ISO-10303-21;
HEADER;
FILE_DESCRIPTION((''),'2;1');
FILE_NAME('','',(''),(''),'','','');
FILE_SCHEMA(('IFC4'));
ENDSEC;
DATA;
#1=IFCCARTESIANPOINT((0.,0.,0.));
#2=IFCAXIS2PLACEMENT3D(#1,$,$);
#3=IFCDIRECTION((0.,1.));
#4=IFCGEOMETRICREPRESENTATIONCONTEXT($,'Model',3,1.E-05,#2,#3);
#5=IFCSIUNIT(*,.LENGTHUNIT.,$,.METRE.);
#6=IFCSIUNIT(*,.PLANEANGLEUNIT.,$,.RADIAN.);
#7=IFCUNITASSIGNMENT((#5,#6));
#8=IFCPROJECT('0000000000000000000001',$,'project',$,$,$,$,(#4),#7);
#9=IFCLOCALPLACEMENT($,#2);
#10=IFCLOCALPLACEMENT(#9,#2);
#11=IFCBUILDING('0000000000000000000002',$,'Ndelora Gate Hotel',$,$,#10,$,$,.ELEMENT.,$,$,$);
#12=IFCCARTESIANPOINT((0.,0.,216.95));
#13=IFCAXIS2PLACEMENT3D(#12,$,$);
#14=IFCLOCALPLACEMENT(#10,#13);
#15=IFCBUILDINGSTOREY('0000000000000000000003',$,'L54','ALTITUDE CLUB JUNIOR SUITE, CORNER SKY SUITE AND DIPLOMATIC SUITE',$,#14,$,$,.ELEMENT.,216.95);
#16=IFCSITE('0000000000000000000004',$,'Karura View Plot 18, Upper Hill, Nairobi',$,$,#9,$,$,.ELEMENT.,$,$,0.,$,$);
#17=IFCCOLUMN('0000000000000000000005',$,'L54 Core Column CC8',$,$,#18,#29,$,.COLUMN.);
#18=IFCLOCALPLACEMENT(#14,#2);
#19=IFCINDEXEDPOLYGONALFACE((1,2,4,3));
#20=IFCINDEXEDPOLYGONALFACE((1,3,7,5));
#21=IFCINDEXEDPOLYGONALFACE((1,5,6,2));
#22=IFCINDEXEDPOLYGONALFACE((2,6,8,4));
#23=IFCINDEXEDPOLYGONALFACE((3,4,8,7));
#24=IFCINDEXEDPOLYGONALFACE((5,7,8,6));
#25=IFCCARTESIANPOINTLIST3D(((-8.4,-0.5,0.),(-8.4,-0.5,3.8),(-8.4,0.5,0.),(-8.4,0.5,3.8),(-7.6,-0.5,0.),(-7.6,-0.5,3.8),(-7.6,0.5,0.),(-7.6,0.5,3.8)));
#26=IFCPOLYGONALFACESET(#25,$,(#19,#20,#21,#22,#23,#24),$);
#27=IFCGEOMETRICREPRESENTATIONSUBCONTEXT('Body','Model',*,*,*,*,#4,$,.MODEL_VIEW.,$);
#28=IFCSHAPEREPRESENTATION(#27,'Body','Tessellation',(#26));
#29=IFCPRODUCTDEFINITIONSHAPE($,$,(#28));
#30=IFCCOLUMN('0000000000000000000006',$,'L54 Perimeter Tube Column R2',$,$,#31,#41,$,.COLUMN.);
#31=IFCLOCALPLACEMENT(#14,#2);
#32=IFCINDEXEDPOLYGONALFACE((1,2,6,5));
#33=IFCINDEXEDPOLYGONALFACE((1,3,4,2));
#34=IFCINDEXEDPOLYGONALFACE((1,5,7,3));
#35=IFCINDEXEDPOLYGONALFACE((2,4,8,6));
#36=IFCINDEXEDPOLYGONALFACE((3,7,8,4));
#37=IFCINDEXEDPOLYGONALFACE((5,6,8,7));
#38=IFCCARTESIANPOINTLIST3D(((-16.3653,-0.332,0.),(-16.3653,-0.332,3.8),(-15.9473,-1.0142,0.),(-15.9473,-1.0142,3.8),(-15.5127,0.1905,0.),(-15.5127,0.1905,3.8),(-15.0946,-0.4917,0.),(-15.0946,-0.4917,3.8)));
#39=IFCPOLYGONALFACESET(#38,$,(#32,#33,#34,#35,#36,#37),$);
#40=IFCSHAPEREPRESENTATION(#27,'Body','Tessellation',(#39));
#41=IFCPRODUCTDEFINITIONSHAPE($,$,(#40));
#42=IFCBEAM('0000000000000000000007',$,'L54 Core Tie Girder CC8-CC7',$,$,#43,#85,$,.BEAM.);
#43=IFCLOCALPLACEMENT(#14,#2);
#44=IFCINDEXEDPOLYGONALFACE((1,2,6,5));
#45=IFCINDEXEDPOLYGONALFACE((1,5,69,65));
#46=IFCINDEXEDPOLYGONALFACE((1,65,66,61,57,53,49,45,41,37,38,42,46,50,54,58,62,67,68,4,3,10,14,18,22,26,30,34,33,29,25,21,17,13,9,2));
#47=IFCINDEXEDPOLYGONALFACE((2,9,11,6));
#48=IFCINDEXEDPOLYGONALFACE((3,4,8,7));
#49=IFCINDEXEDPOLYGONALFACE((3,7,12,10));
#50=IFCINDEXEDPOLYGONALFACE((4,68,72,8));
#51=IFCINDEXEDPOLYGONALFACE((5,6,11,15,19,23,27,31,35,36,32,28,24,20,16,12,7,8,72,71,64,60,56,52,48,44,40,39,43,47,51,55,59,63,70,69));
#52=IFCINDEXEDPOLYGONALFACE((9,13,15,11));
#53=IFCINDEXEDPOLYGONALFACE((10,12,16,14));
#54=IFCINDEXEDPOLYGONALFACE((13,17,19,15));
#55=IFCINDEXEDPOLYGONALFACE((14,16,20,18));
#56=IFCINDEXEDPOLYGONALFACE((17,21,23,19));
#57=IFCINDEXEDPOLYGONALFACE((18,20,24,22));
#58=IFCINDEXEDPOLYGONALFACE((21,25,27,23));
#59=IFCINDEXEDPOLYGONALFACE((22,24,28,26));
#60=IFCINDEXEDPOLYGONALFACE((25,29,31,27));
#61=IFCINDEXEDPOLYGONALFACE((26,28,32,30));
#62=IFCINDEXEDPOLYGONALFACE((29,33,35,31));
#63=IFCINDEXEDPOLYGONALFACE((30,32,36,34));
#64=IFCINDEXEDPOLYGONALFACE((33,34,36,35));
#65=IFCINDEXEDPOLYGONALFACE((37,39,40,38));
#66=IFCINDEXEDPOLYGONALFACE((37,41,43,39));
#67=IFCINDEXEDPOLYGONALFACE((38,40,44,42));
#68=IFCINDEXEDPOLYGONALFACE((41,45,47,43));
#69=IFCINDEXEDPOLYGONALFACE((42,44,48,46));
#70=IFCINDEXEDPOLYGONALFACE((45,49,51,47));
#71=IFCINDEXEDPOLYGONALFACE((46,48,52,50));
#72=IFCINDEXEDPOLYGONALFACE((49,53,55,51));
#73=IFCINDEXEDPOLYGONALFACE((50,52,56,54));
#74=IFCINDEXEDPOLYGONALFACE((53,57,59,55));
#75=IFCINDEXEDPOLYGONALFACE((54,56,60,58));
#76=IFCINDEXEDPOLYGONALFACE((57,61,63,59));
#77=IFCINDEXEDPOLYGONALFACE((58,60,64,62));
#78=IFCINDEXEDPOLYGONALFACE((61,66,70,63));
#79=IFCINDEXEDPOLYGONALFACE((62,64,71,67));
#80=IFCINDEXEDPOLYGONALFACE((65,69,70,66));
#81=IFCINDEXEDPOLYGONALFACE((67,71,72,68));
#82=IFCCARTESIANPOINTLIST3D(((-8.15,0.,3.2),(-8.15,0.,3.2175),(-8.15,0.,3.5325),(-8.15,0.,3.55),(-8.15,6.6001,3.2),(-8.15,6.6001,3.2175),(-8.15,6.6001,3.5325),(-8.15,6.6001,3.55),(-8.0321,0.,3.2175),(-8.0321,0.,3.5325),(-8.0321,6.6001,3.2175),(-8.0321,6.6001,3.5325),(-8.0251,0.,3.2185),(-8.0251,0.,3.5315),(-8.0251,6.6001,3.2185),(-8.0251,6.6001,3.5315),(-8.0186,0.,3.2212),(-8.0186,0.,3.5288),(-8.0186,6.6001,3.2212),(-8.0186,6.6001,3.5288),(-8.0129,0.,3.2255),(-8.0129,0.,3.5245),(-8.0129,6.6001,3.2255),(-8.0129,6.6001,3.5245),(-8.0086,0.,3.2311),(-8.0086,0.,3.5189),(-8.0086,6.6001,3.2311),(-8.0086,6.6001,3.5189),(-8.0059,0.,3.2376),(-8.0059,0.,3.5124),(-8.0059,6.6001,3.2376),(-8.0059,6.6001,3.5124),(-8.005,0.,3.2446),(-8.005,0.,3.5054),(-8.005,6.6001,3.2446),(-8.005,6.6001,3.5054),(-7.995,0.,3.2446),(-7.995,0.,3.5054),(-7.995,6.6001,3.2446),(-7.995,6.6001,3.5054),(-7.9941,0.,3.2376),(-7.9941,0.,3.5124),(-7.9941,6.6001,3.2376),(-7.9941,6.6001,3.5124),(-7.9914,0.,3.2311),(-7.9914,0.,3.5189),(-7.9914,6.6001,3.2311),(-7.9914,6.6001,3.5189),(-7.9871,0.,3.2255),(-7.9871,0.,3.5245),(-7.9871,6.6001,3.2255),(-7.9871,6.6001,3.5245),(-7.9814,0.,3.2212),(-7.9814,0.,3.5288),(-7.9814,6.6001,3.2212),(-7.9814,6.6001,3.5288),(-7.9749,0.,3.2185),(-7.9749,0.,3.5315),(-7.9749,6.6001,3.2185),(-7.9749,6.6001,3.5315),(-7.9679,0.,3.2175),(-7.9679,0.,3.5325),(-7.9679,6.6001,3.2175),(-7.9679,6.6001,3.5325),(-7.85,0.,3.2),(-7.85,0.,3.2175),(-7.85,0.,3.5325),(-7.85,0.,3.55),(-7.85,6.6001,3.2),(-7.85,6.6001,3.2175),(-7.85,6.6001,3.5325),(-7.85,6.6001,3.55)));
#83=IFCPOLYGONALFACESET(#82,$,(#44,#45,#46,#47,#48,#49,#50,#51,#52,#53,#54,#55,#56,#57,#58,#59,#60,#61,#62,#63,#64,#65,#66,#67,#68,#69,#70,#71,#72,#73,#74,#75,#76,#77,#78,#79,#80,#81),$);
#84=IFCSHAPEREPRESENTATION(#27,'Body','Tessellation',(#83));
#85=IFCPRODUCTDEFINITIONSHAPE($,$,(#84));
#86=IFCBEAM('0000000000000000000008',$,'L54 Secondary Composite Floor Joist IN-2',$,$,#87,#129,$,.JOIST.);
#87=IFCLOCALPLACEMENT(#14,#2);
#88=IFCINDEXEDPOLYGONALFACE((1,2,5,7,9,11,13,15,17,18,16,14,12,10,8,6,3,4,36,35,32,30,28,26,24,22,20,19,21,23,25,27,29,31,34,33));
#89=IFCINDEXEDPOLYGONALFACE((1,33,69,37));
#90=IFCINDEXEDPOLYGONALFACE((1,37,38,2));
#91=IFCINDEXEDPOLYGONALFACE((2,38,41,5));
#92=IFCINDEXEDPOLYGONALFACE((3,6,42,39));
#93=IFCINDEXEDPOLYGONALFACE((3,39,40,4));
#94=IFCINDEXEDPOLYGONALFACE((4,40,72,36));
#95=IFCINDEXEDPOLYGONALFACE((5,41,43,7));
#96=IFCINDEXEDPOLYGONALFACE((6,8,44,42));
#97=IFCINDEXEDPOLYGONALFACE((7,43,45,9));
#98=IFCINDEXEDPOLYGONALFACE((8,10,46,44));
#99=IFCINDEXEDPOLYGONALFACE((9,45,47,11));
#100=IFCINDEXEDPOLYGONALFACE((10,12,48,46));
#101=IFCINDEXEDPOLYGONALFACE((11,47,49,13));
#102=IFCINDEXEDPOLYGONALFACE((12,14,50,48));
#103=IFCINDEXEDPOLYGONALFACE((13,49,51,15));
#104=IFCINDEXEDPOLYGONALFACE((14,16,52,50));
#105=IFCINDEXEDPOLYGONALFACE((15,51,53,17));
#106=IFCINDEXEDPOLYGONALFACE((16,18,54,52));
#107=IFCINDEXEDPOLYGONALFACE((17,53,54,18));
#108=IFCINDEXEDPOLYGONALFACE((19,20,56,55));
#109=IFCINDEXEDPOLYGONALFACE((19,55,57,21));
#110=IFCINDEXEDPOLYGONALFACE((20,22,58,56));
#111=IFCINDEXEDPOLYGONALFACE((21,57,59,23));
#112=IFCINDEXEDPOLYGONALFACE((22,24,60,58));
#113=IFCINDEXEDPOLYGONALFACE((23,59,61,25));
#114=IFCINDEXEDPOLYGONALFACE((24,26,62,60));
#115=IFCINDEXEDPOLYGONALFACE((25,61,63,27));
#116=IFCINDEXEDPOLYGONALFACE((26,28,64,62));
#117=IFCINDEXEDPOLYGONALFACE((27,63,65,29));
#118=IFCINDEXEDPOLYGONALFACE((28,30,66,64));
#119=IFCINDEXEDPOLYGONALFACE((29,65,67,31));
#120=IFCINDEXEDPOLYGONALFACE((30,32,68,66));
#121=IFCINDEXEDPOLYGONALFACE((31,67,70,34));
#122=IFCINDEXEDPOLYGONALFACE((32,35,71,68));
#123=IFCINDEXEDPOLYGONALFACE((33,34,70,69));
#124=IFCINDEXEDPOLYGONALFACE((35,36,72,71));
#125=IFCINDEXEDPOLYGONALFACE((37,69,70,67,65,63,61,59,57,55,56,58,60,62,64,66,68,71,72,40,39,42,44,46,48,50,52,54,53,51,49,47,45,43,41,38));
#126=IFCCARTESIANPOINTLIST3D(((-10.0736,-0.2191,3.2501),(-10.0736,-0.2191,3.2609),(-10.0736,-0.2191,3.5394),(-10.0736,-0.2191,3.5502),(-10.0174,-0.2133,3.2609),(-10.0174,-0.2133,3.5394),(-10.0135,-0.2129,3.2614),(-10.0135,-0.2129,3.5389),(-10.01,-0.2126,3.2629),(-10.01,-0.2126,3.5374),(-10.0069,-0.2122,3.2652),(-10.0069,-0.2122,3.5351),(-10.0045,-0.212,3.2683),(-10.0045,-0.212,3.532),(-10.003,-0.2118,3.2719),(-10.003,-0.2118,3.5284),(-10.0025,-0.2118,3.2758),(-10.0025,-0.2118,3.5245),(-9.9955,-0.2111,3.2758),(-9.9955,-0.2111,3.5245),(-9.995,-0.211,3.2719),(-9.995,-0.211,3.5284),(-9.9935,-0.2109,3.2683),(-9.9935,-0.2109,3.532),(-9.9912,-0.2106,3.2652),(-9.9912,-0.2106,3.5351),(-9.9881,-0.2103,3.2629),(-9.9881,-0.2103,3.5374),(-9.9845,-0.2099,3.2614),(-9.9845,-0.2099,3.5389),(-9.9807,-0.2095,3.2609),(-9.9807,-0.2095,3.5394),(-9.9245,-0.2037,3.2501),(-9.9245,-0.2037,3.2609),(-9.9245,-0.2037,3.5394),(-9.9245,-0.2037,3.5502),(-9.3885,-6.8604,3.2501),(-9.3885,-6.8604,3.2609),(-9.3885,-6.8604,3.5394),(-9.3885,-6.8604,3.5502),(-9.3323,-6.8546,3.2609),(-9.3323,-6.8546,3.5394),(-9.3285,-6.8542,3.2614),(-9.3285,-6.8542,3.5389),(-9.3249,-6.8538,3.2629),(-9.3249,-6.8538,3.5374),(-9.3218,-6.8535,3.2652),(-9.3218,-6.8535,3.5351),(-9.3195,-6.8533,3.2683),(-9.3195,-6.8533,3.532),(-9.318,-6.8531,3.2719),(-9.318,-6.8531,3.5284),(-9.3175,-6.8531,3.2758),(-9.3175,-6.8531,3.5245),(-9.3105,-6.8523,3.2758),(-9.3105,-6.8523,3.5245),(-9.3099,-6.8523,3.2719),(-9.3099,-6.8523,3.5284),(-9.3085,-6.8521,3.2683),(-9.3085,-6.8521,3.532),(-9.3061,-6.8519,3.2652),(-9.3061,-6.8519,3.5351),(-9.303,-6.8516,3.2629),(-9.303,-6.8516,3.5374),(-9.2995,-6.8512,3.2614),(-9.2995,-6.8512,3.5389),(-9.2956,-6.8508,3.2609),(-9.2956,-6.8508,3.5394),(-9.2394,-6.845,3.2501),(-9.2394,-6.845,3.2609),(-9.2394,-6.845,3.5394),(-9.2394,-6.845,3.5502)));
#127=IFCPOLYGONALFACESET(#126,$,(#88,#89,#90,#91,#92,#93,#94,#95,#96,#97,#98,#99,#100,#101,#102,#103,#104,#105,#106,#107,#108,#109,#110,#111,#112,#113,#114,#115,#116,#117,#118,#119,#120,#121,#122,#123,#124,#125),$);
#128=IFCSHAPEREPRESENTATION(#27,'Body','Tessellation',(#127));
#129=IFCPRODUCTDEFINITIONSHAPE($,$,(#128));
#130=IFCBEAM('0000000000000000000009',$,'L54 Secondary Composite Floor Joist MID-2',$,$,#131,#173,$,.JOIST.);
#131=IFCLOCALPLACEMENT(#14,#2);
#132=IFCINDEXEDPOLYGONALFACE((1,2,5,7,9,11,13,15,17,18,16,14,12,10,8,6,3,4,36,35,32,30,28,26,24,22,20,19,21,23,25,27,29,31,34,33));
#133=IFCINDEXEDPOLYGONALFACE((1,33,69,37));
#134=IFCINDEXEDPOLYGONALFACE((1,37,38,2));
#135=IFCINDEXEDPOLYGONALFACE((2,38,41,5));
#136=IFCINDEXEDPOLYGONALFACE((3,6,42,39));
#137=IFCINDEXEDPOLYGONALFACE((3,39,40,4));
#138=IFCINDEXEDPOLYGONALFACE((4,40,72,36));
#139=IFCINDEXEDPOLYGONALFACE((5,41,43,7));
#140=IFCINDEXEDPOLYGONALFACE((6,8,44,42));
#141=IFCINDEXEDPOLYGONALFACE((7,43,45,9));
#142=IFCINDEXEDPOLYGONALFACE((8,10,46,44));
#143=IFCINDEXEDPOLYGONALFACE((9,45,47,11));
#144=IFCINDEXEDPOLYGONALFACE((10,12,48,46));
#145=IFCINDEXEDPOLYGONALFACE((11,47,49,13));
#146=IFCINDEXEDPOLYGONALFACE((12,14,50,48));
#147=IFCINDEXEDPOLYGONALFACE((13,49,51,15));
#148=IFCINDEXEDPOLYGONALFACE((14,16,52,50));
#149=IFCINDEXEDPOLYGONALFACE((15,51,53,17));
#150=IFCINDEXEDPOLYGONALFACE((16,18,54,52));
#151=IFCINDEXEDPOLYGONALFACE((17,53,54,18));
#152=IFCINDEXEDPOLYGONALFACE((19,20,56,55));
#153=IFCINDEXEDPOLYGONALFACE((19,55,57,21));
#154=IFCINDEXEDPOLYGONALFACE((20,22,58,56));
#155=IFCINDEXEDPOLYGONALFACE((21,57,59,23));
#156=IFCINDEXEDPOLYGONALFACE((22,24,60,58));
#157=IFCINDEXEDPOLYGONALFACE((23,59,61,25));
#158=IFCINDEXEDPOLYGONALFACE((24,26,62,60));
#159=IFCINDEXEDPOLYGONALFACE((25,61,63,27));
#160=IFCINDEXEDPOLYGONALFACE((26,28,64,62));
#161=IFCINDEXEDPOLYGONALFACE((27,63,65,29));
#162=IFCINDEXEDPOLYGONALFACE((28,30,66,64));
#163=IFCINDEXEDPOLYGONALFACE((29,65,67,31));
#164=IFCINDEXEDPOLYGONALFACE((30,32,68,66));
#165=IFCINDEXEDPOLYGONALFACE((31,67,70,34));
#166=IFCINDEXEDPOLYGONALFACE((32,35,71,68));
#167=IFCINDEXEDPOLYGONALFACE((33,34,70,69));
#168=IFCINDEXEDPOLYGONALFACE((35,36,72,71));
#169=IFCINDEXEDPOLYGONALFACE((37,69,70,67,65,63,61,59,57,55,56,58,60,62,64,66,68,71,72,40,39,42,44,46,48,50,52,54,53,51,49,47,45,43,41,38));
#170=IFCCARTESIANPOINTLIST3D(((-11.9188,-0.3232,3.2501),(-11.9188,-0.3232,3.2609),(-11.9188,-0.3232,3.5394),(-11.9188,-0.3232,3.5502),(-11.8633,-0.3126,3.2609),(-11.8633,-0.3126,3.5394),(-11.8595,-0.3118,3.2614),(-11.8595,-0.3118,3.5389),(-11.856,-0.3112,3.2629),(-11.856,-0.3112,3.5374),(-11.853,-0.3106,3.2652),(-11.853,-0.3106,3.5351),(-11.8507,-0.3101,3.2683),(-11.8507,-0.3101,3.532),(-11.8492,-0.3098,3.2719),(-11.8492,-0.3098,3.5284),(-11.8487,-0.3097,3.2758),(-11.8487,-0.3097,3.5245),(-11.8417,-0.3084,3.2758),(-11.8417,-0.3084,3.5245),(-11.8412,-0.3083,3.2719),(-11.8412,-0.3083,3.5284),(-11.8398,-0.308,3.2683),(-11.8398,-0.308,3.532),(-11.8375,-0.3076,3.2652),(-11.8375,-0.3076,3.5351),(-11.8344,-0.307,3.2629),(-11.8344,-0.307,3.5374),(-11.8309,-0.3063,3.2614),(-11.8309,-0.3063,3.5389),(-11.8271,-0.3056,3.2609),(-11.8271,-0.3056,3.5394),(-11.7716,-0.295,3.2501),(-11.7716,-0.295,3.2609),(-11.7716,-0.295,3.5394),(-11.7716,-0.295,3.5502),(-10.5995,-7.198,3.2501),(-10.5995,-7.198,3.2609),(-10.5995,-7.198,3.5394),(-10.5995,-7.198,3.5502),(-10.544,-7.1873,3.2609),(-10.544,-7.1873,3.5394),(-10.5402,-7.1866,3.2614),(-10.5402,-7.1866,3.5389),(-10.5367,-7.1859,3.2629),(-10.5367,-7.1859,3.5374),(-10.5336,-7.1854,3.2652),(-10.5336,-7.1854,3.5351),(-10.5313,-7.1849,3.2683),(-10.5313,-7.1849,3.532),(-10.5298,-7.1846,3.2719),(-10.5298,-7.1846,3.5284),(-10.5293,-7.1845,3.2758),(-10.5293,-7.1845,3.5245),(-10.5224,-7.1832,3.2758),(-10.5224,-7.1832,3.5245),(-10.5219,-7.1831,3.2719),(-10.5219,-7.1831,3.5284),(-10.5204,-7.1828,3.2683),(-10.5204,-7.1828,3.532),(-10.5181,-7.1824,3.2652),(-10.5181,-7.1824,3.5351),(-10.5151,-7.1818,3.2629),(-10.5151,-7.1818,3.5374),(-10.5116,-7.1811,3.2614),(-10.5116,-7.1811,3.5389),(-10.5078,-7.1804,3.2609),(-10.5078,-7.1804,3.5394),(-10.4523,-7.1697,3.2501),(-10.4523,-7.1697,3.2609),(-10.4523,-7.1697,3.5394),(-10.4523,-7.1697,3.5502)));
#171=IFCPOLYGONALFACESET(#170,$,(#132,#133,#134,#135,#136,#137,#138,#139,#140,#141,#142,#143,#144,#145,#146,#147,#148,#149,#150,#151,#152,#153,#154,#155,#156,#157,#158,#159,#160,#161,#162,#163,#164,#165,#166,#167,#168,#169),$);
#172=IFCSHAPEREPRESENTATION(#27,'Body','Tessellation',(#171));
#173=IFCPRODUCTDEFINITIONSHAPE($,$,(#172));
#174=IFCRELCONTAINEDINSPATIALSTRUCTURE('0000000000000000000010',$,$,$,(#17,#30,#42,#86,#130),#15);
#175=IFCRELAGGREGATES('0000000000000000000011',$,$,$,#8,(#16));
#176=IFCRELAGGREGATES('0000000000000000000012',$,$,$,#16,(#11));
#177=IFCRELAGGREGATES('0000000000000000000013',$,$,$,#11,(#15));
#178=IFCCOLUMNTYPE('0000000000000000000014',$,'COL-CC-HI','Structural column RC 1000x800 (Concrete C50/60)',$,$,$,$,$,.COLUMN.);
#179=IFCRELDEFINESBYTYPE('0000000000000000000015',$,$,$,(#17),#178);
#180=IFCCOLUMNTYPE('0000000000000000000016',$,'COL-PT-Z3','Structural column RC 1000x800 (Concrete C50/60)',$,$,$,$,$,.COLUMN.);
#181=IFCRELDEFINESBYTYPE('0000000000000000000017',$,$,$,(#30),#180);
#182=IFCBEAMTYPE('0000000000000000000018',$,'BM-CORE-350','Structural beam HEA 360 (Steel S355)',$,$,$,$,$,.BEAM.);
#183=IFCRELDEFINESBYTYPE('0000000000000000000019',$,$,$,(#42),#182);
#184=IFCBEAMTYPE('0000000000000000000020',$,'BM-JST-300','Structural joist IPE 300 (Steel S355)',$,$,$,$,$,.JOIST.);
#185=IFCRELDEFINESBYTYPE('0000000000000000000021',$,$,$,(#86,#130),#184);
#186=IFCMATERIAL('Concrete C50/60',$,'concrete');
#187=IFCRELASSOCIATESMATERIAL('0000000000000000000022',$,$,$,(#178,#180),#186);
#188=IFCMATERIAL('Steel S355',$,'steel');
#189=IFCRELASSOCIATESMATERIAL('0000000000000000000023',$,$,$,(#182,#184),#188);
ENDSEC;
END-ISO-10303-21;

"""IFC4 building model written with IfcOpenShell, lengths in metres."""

from ifc_helpers import new_model, si_unit, direction, frame, origin, origin_2d, place, context, subcontext, project, spatial, rectangle, i_section, extrude, material, material_profile, profile_set, type_object, element, save


model = new_model("IFC4")

# Units and contexts
model_context = context("Model", 3, precision=1e-05, world=origin(), true_north=direction((0.0, 1.0)))
body_context = subcontext(model_context, "Body", "Model", "MODEL_VIEW")
ifc_project = project(units=[si_unit("LENGTHUNIT", "METRE"), si_unit("PLANEANGLEUNIT", "RADIAN")], contexts=[model_context])

# Site, building, storey
site_placement = place(None, origin())
site = spatial("IfcSite", under=ifc_project, at=site_placement, Name="Karura View Plot 18, Upper Hill, Nairobi", CompositionType="ELEMENT", RefElevation=0.0)
building_placement = place(site_placement, origin())
building = spatial("IfcBuilding", under=site, at=building_placement, Name="Ndelora Gate Hotel", CompositionType="ELEMENT")
storey_placement = place(building_placement, frame((0.0, 0.0, 216.95)))
storey = spatial("IfcBuildingStorey", under=building, at=storey_placement, Name="L54", Description="ALTITUDE CLUB JUNIOR SUITE, CORNER SKY SUITE AND DIPLOMATIC SUITE", CompositionType="ELEMENT", Elevation=216.95)

# Columns
ifc_material_1 = material(Name="Concrete C50/60", Category="concrete")
ifc_material_profile_1 = material_profile(ifc_material_1, rectangle(XDim=0.8, YDim=1.0, at=origin_2d()), Name="RC 1000x800")
ifc_profile_set_1 = profile_set([ifc_material_profile_1], Name="Concrete C50/60")
column_type_1 = type_object("IfcColumnType", Name="COL-CC-HI", Description="Structural column RC 1000x800 (Concrete C50/60)", PredefinedType="COLUMN", material=ifc_profile_set_1)
column_1_placement = place(storey_placement, frame((-8.0, 0.0, 0.0), z_axis=(0.0, 0.0, 1.0), x_axis=(1.0, 0.0, 0.0)))
element("IfcColumn", 1, at=column_1_placement, inside=storey, type_object=column_type_1, Name="L54 Core Column CC8", PredefinedType="COLUMN", context=body_context, shape_type="SweptSolid", body=[
    extrude(rectangle(XDim=0.8, YDim=1.0, at=origin_2d()), origin(), (0.0, 0.0, 1.0), 3.8),
])
ifc_material_profile_2 = material_profile(ifc_material_1, rectangle(XDim=0.8, YDim=1.0, at=origin_2d()), Name="RC 1000x800")
ifc_profile_set_2 = profile_set([ifc_material_profile_2], Name="Concrete C50/60")
column_type_2 = type_object("IfcColumnType", Name="COL-PT-Z3", Description="Structural column RC 1000x800 (Concrete C50/60)", PredefinedType="COLUMN", material=ifc_profile_set_2)
column_2_placement = place(storey_placement, frame((-15.73, -0.4119, 0.0), z_axis=(0.0, 0.0, 1.0), x_axis=(-0.522499, 0.85264, 0.0)))
element("IfcColumn", 2, at=column_2_placement, inside=storey, type_object=column_type_2, Name="L54 Perimeter Tube Column R2", PredefinedType="COLUMN", context=body_context, shape_type="SweptSolid", body=[
    extrude(rectangle(XDim=0.8, YDim=1.0, at=origin_2d()), origin(), (0.0, 0.0, 1.0), 3.8),
])

# Beams
ifc_material_2 = material(Name="Steel S355", Category="steel")
ifc_material_profile_3 = material_profile(ifc_material_2, i_section(OverallWidth=0.3, OverallDepth=0.3501, WebThickness=0.01, FlangeThickness=0.0176, FilletRadius=0.0271, at=origin_2d()), Name="HEA 360")
ifc_profile_set_3 = profile_set([ifc_material_profile_3], Name="Steel S355")
beam_type_1 = type_object("IfcBeamType", Name="BM-CORE-350", Description="Structural beam HEA 360 (Steel S355)", PredefinedType="BEAM", material=ifc_profile_set_3)
beam_1_placement = place(storey_placement, frame((-8.0, 0.0, 3.375), z_axis=(0.0, 1.0, 0.0), x_axis=(-1.0, 0.0, 0.0)))
element("IfcBeam", 3, at=beam_1_placement, inside=storey, type_object=beam_type_1, Name="L54 Core Tie Girder CC8-CC7", PredefinedType="BEAM", context=body_context, shape_type="SweptSolid", body=[
    extrude(i_section(OverallWidth=0.3, OverallDepth=0.3501, WebThickness=0.01, FlangeThickness=0.0176, FilletRadius=0.0271, at=origin_2d()), origin(), (0.0, 0.0, 1.0), 6.6001),
])
ifc_material_profile_4 = material_profile(ifc_material_2, i_section(OverallWidth=0.1499, OverallDepth=0.3, WebThickness=0.0071, FlangeThickness=0.0107, FilletRadius=0.0149, at=origin_2d()), Name="IPE 300")
ifc_profile_set_4 = profile_set([ifc_material_profile_4], Name="Steel S355")
beam_type_2 = type_object("IfcBeamType", Name="BM-JST-300", Description="Structural joist IPE 300 (Steel S355)", PredefinedType="JOIST", material=ifc_profile_set_4)
beam_2_placement = place(storey_placement, frame((-9.999, -0.2114, 3.4001), z_axis=(0.102606, -0.994722, 0.0), x_axis=(0.994722, 0.102606, 0.0)))
element("IfcBeam", 4, at=beam_2_placement, inside=storey, type_object=beam_type_2, Name="L54 Secondary Composite Floor Joist IN-2", PredefinedType="JOIST", context=body_context, shape_type="SweptSolid", body=[
    extrude(i_section(OverallWidth=0.1499, OverallDepth=0.3, WebThickness=0.0071, FlangeThickness=0.0107, FilletRadius=0.0149, at=origin_2d()), origin(), (0.0, 0.0, 1.0), 6.6765),
])
beam_3_placement = place(storey_placement, frame((-11.8452, -0.3091, 3.4001), z_axis=(0.188471, -0.982079, 0.0), x_axis=(0.982079, 0.188471, 0.0)))
element("IfcBeam", 5, at=beam_3_placement, inside=storey, type_object=beam_type_2, Name="L54 Secondary Composite Floor Joist MID-2", PredefinedType="JOIST", context=body_context, shape_type="SweptSolid", body=[
    extrude(i_section(OverallWidth=0.1499, OverallDepth=0.3, WebThickness=0.0071, FlangeThickness=0.0107, FilletRadius=0.0149, at=origin_2d()), origin(), (0.0, 0.0, 1.0), 7.0002),
])

save(model, "model.ifc")
